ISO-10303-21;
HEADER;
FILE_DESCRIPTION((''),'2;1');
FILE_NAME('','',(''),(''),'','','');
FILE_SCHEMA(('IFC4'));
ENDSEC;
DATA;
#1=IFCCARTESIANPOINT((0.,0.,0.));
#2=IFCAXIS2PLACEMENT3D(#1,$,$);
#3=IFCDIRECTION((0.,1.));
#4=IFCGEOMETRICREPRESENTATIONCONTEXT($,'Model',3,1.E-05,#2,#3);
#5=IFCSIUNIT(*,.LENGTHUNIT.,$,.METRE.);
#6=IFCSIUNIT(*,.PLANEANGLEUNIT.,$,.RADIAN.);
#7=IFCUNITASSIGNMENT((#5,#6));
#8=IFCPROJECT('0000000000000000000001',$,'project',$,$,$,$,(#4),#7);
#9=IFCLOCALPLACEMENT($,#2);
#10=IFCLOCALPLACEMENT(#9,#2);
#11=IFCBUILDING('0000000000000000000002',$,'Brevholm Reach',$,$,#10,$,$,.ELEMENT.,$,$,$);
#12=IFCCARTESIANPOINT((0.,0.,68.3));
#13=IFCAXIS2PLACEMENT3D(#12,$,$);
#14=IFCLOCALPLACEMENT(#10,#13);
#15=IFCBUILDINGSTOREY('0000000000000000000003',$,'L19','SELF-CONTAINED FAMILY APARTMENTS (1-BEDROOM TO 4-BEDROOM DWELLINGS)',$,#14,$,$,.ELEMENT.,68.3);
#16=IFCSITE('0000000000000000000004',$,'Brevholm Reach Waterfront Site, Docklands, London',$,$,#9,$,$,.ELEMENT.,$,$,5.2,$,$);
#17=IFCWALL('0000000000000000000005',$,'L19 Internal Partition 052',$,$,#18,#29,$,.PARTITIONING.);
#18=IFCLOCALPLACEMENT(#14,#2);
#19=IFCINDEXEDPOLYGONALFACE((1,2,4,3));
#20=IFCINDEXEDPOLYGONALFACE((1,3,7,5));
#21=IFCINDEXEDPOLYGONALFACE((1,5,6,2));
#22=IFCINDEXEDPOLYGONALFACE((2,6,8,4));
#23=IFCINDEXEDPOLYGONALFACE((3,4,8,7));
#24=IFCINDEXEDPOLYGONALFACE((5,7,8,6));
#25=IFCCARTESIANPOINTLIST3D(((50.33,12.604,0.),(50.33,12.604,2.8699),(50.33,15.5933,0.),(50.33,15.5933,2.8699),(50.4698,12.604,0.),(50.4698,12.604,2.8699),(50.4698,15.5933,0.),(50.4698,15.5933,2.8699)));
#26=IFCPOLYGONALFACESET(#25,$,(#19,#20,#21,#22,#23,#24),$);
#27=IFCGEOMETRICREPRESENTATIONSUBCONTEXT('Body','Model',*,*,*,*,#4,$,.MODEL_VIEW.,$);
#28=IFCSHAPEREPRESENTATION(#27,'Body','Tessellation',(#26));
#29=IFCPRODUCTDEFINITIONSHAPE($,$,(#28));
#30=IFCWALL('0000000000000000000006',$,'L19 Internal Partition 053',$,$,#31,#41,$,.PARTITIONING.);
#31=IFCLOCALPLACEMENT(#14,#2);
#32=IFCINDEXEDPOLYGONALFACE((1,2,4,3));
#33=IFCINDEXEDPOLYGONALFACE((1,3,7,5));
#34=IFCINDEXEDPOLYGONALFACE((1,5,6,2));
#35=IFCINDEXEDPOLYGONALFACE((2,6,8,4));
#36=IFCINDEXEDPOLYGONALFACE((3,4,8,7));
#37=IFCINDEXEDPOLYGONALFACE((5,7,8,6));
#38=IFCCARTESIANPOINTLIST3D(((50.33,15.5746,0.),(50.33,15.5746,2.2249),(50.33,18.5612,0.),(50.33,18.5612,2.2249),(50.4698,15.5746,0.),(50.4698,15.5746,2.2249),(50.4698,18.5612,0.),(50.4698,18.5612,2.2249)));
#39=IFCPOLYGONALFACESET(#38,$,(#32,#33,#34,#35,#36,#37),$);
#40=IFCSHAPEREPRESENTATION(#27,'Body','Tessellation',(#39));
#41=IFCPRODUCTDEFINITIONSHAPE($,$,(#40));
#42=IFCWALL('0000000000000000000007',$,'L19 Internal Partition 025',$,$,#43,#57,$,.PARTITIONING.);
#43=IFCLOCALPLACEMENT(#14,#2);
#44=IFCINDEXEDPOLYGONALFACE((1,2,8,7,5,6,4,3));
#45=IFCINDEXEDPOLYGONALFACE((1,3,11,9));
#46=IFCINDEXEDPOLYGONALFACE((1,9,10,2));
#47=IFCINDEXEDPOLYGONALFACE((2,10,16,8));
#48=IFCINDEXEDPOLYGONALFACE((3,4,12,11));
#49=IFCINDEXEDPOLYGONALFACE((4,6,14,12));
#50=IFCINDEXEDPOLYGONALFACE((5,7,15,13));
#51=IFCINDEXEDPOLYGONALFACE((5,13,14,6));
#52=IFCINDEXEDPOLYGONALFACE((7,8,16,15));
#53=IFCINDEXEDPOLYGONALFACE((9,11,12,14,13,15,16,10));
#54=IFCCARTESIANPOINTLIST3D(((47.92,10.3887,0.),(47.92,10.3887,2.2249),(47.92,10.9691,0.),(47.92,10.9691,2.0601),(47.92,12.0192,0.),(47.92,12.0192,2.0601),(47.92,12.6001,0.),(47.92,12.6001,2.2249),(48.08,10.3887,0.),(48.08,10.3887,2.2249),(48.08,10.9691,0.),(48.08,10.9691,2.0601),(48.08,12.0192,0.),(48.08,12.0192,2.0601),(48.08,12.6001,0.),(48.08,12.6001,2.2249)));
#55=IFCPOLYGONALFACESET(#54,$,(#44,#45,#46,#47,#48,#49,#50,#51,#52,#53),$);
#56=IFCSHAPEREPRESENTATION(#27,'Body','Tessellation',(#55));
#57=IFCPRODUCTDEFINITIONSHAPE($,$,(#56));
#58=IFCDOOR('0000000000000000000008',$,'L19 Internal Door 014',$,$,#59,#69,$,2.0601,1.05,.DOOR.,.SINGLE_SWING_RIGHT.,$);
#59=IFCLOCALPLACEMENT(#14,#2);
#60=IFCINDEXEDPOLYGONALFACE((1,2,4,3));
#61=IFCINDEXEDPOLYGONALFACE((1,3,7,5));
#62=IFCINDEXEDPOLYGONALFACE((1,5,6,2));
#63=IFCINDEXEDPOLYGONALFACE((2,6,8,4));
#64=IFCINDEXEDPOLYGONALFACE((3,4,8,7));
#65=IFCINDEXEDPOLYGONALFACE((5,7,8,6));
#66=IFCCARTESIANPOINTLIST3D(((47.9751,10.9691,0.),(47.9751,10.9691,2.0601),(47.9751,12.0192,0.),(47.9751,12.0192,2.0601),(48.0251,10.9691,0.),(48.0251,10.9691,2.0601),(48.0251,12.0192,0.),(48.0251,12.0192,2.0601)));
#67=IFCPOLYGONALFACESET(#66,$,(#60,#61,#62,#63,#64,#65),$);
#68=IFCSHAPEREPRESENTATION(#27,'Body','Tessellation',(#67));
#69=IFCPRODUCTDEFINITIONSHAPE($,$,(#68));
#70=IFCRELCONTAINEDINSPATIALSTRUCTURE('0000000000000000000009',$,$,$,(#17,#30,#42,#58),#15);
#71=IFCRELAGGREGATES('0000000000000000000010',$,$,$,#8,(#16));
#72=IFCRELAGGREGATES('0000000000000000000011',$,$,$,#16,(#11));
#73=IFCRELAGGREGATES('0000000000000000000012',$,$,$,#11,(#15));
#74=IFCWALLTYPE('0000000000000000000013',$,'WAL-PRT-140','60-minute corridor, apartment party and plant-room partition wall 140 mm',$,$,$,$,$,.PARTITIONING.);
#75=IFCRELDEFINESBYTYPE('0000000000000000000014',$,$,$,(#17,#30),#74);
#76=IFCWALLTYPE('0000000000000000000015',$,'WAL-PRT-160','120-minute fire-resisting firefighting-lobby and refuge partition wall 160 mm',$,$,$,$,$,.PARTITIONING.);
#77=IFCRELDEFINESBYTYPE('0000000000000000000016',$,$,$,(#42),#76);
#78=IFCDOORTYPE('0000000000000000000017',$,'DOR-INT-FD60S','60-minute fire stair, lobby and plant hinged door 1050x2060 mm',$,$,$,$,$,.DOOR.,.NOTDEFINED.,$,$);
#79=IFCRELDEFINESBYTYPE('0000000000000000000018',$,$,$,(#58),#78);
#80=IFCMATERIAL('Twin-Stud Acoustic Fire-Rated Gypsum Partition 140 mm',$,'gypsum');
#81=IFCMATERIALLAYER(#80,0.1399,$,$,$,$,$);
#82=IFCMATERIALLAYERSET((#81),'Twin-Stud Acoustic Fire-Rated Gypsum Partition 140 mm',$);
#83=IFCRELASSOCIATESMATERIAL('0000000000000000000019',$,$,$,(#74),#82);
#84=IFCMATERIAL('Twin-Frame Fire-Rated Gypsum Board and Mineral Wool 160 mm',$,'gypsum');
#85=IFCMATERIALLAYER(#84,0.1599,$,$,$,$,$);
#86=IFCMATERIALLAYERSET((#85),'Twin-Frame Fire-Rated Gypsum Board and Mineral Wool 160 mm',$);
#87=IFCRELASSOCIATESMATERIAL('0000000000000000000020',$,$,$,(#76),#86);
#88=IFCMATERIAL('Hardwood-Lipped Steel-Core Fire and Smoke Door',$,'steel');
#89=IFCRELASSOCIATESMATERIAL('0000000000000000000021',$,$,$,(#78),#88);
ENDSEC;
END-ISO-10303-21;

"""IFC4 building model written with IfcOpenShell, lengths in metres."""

from ifc_helpers import new_model, si_unit, direction, frame, frame_2d, origin, place, context, subcontext, project, spatial, rectangle, extrude, material, layer, layer_set, type_object, element, fill, save


model = new_model("IFC4")

# Units and contexts
model_context = context("Model", 3, precision=1e-05, world=origin(), true_north=direction((0.0, 1.0)))
body_context = subcontext(model_context, "Body", "Model", "MODEL_VIEW")
ifc_project = project(units=[si_unit("LENGTHUNIT", "METRE"), si_unit("PLANEANGLEUNIT", "RADIAN")], contexts=[model_context])

# Site, building, storey
site_placement = place(None, origin())
site = spatial("IfcSite", under=ifc_project, at=site_placement, Name="Brevholm Reach Waterfront Site, Docklands, London", CompositionType="ELEMENT", RefElevation=5.2)
building_placement = place(site_placement, origin())
building = spatial("IfcBuilding", under=site, at=building_placement, Name="Brevholm Reach", CompositionType="ELEMENT")
storey_placement = place(building_placement, frame((0.0, 0.0, 68.3)))
storey = spatial("IfcBuildingStorey", under=building, at=storey_placement, Name="L19", Description="SELF-CONTAINED FAMILY APARTMENTS (1-BEDROOM TO 4-BEDROOM DWELLINGS)", CompositionType="ELEMENT", Elevation=68.3)

# Shared definitions
ifc_material_1 = material(Name="Twin-Stud Acoustic Fire-Rated Gypsum Partition 140 mm", Category="gypsum")
ifc_layer_1 = layer(ifc_material_1, 0.1399)
ifc_layer_set_1 = layer_set([ifc_layer_1], Name="Twin-Stud Acoustic Fire-Rated Gypsum Partition 140 mm")
wall_type_1 = type_object("IfcWallType", Name="WAL-PRT-140", Description="60-minute corridor, apartment party and plant-room partition wall 140 mm", PredefinedType="PARTITIONING", material=ifc_layer_set_1)

# Walls
wall_1_placement = place(storey_placement, frame((50.3999, 12.604, 0.0), z_axis=(0.0, 0.0, 1.0), x_axis=(0.0, 1.0, 0.0)))
element("IfcWall", 1, at=wall_1_placement, inside=storey, type_object=wall_type_1, Name="L19 Internal Partition 052", PredefinedType="PARTITIONING", context=body_context, shape_type="SweptSolid", body=[
    extrude(rectangle(XDim=2.9893, YDim=0.1399, at=frame_2d((1.4946, 0.0))), origin(), (0.0, 0.0, 1.0), 2.8699),
])
wall_2_placement = place(storey_placement, frame((50.3999, 15.5747, 0.0), z_axis=(0.0, 0.0, 1.0), x_axis=(0.0, 1.0, 0.0)))
element("IfcWall", 2, at=wall_2_placement, inside=storey, type_object=wall_type_1, Name="L19 Internal Partition 053", PredefinedType="PARTITIONING", context=body_context, shape_type="SweptSolid", body=[
    extrude(rectangle(XDim=2.9866, YDim=0.1399, at=frame_2d((1.4932, 0.0))), origin(), (0.0, 0.0, 1.0), 2.2249),
])

# Wall, opening, door
ifc_material_2 = material(Name="Twin-Frame Fire-Rated Gypsum Board and Mineral Wool 160 mm", Category="gypsum")
ifc_layer_2 = layer(ifc_material_2, 0.1599)
ifc_layer_set_2 = layer_set([ifc_layer_2], Name="Twin-Frame Fire-Rated Gypsum Board and Mineral Wool 160 mm")
wall_type_2 = type_object("IfcWallType", Name="WAL-PRT-160", Description="120-minute fire-resisting firefighting-lobby and refuge partition wall 160 mm", PredefinedType="PARTITIONING", material=ifc_layer_set_2)
wall_3_placement = place(storey_placement, frame((48.0, 10.3887, 0.0), z_axis=(0.0, 0.0, 1.0), x_axis=(0.0, 1.0, 0.0)))
wall_3 = element("IfcWall", 3, at=wall_3_placement, inside=storey, type_object=wall_type_2, Name="L19 Internal Partition 025", PredefinedType="PARTITIONING", context=body_context, shape_type="SweptSolid", body=[
    extrude(rectangle(XDim=2.2114, YDim=0.1599, at=frame_2d((1.1057, 0.0))), origin(), (0.0, 0.0, 1.0), 2.2249),
])
opening_1_placement = place(wall_3_placement, frame((0.5806, 0.0, 0.0)))
opening_1 = element("IfcOpeningElement", 4, at=opening_1_placement, cuts=wall_3, PredefinedType="OPENING", context=body_context, shape_type="SweptSolid", body=[
    extrude(rectangle(XDim=1.05, YDim=2.0601, at=frame_2d((0.5249, 1.03))), frame((0.0, 0.0898, 0.0), z_axis=(0.0, -1.0, 0.0), x_axis=(1.0, 0.0, 0.0)), (0.0, 0.0, 1.0), 0.1799),
])
ifc_material_3 = material(Name="Hardwood-Lipped Steel-Core Fire and Smoke Door", Category="steel")
door_type_1 = type_object("IfcDoorType", Name="DOR-INT-FD60S", Description="60-minute fire stair, lobby and plant hinged door 1050x2060 mm", OperationType="NOTDEFINED", PredefinedType="DOOR", material=ifc_material_3)
door_1_placement = place(opening_1_placement, origin())
door_1 = element("IfcDoor", 5, at=door_1_placement, inside=storey, type_object=door_type_1, Name="L19 Internal Door 014", OperationType="SINGLE_SWING_RIGHT", OverallHeight=2.0601, OverallWidth=1.05, PredefinedType="DOOR", context=body_context, shape_type="SweptSolid", body=[
    extrude(rectangle(XDim=1.05, YDim=2.0601, at=frame_2d((0.5249, 1.03))), frame((0.0, 0.0249, 0.0), z_axis=(0.0, -1.0, 0.0), x_axis=(1.0, 0.0, 0.0)), (0.0, 0.0, 1.0), 0.05),
])
fill(opening_1, door_1)

save(model, "model.ifc")
